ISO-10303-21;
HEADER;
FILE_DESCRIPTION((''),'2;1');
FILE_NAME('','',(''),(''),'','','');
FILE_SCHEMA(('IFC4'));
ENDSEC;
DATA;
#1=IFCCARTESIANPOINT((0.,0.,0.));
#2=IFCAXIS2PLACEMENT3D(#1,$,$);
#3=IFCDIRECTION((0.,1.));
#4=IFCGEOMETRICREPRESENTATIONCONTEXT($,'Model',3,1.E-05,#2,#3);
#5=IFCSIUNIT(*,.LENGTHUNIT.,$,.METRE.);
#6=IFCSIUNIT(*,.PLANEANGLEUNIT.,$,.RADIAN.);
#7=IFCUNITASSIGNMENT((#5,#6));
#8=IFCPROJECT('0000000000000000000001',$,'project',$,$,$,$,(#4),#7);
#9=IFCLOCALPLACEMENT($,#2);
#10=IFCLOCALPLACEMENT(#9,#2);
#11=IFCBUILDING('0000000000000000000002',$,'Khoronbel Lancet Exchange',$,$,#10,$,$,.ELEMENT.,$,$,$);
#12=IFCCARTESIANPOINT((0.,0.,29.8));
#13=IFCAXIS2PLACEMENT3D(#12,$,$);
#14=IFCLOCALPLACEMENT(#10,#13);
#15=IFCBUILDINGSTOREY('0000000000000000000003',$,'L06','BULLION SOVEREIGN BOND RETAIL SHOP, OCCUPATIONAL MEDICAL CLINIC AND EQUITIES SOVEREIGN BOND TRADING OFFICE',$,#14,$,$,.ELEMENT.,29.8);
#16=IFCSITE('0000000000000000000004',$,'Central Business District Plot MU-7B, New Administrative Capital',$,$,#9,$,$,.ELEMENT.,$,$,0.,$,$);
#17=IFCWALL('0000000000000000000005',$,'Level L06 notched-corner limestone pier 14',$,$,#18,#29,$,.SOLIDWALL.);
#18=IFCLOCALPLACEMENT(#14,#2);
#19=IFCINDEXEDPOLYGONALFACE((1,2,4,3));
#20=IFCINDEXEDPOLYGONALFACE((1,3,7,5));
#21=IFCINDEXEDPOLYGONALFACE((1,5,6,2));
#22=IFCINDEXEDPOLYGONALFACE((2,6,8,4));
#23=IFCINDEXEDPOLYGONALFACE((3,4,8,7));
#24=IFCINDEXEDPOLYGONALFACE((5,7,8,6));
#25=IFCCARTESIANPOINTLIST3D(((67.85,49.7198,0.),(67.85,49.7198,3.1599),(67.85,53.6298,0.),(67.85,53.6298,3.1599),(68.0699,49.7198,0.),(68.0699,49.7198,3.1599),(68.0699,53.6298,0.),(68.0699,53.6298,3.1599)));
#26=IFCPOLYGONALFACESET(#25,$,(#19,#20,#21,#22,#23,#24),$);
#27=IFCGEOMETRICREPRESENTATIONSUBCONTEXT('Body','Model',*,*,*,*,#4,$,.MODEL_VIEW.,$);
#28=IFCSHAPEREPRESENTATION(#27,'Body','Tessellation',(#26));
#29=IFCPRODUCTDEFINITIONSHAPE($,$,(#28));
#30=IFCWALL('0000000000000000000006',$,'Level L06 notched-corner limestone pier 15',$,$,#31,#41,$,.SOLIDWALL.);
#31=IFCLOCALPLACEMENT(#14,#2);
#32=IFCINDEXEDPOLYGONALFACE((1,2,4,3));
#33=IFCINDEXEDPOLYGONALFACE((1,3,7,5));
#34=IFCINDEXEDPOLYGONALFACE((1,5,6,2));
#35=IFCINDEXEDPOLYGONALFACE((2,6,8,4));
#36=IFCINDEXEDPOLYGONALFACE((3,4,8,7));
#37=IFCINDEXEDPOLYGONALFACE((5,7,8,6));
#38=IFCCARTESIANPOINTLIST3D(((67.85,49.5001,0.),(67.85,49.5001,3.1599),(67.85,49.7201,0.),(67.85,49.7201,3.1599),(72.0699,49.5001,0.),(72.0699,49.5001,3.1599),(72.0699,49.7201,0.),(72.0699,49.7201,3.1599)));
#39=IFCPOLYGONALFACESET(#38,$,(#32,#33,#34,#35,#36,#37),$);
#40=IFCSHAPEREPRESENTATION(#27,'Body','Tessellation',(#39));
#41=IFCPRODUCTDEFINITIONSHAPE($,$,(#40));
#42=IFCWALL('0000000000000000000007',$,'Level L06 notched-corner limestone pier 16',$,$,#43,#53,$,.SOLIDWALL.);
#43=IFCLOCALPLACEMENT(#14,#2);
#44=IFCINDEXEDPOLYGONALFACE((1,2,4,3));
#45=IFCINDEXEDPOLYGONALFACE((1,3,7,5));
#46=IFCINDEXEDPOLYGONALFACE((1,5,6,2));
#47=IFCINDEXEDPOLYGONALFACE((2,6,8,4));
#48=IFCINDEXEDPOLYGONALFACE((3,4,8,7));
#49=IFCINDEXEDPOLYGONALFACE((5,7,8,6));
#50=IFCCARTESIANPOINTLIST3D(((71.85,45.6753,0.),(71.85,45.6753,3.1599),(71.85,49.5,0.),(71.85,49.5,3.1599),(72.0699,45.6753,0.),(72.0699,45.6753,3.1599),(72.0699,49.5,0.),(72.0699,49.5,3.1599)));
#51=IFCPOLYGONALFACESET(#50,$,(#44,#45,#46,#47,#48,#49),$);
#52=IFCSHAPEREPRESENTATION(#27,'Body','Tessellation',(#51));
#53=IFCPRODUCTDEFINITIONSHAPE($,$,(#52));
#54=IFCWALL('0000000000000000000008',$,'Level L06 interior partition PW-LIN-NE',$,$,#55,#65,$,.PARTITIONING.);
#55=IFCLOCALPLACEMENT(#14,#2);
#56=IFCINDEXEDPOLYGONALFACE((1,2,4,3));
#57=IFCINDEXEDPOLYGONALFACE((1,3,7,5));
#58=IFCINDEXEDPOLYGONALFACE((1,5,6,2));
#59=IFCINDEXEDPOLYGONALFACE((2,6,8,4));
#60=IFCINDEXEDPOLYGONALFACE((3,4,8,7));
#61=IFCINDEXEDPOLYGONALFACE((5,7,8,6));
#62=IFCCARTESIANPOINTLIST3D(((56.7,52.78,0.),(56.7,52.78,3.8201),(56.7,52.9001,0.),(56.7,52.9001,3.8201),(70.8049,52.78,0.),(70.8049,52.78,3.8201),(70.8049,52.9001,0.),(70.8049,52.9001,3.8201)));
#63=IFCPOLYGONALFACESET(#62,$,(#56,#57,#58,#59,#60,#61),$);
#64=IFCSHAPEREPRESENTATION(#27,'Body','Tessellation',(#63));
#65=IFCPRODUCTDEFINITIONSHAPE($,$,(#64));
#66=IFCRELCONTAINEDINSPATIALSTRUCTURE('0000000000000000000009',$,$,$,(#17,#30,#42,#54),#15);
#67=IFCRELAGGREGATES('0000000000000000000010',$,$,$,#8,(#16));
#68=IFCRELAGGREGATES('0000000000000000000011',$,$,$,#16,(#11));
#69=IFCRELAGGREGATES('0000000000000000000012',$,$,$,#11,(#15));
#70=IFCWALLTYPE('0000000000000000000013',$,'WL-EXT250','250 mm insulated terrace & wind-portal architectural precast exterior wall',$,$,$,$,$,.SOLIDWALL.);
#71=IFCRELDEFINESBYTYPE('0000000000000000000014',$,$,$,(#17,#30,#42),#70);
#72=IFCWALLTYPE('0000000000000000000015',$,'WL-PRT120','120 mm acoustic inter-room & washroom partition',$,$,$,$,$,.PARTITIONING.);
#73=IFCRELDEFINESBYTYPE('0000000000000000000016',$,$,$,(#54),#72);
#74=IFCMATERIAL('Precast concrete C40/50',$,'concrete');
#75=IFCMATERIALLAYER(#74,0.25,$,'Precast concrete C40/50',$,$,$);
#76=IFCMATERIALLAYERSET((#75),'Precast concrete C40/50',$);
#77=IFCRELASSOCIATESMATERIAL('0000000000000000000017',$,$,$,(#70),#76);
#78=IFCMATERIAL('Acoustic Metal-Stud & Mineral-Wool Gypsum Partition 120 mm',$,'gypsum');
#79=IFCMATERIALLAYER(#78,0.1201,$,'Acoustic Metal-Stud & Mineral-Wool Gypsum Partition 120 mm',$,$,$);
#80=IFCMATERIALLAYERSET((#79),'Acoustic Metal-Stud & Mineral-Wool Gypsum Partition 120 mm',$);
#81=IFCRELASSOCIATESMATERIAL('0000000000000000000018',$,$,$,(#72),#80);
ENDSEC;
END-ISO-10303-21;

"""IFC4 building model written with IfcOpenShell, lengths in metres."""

from ifc_helpers import new_model, si_unit, direction, frame, frame_2d, origin, place, context, subcontext, project, spatial, rectangle, extrude, material, layer, layer_set, type_object, element, save


model = new_model("IFC4")

# Units and contexts
model_context = context("Model", 3, precision=1e-05, world=origin(), true_north=direction((0.0, 1.0)))
body_context = subcontext(model_context, "Body", "Model", "MODEL_VIEW")
ifc_project = project(units=[si_unit("LENGTHUNIT", "METRE"), si_unit("PLANEANGLEUNIT", "RADIAN")], contexts=[model_context])

# Site, building, storey
site_placement = place(None, origin())
site = spatial("IfcSite", under=ifc_project, at=site_placement, Name="Central Business District Plot MU-7B, New Administrative Capital", CompositionType="ELEMENT", RefElevation=0.0)
building_placement = place(site_placement, origin())
building = spatial("IfcBuilding", under=site, at=building_placement, Name="Khoronbel Lancet Exchange", CompositionType="ELEMENT")
storey_placement = place(building_placement, frame((0.0, 0.0, 29.8)))
storey = spatial("IfcBuildingStorey", under=building, at=storey_placement, Name="L06", Description="BULLION SOVEREIGN BOND RETAIL SHOP, OCCUPATIONAL MEDICAL CLINIC AND EQUITIES SOVEREIGN BOND TRADING OFFICE", CompositionType="ELEMENT", Elevation=29.8)

# Walls
ifc_material_1 = material(Name="Precast concrete C40/50", Category="concrete")
ifc_layer_1 = layer(ifc_material_1, 0.25, Name="Precast concrete C40/50")
ifc_layer_set_1 = layer_set([ifc_layer_1], Name="Precast concrete C40/50")
wall_type_1 = type_object("IfcWallType", Name="WL-EXT250", Description="250 mm insulated terrace & wind-portal architectural precast exterior wall", PredefinedType="SOLIDWALL", material=ifc_layer_set_1)
wall_1_placement = place(storey_placement, frame((67.96, 53.6299, 0.0), z_axis=(0.0, 0.0, 1.0), x_axis=(0.0, -1.0, 0.0)))
element("IfcWall", 1, at=wall_1_placement, inside=storey, type_object=wall_type_1, Name="Level L06 notched-corner limestone pier 14", PredefinedType="SOLIDWALL", context=body_context, shape_type="SweptSolid", body=[
    extrude(rectangle(XDim=3.9099, YDim=0.22, at=frame_2d((1.9551, 0.0))), origin(), (0.0, 0.0, 1.0), 3.1599),
])
wall_2_placement = place(storey_placement, frame((67.8501, 49.6101, 0.0), z_axis=(0.0, 0.0, 1.0), x_axis=(1.0, 0.0, 0.0)))
element("IfcWall", 2, at=wall_2_placement, inside=storey, type_object=wall_type_1, Name="Level L06 notched-corner limestone pier 15", PredefinedType="SOLIDWALL", context=body_context, shape_type="SweptSolid", body=[
    extrude(rectangle(XDim=4.22, YDim=0.22, at=frame_2d((2.1099, 0.0))), origin(), (0.0, 0.0, 1.0), 3.1599),
])
wall_3_placement = place(storey_placement, frame((71.96, 49.5, 0.0), z_axis=(0.0, 0.0, 1.0), x_axis=(0.0, -1.0, 0.0)))
element("IfcWall", 3, at=wall_3_placement, inside=storey, type_object=wall_type_1, Name="Level L06 notched-corner limestone pier 16", PredefinedType="SOLIDWALL", context=body_context, shape_type="SweptSolid", body=[
    extrude(rectangle(XDim=3.8247, YDim=0.22, at=frame_2d((1.9124, 0.0))), origin(), (0.0, 0.0, 1.0), 3.1599),
])
ifc_material_2 = material(Name="Acoustic Metal-Stud & Mineral-Wool Gypsum Partition 120 mm", Category="gypsum")
ifc_layer_2 = layer(ifc_material_2, 0.1201, Name="Acoustic Metal-Stud & Mineral-Wool Gypsum Partition 120 mm")
ifc_layer_set_2 = layer_set([ifc_layer_2], Name="Acoustic Metal-Stud & Mineral-Wool Gypsum Partition 120 mm")
wall_type_2 = type_object("IfcWallType", Name="WL-PRT120", Description="120 mm acoustic inter-room & washroom partition", PredefinedType="PARTITIONING", material=ifc_layer_set_2)
wall_4_placement = place(storey_placement, frame((56.7, 52.8401, 0.0), z_axis=(0.0, 0.0, 1.0), x_axis=(1.0, 0.0, 0.0)))
element("IfcWall", 4, at=wall_4_placement, inside=storey, type_object=wall_type_2, Name="Level L06 interior partition PW-LIN-NE", PredefinedType="PARTITIONING", context=body_context, shape_type="SweptSolid", body=[
    extrude(rectangle(XDim=14.105, YDim=0.1201, at=frame_2d((7.0525, 0.0))), origin(), (0.0, 0.0, 1.0), 3.8201),
])

save(model, "model.ifc")
